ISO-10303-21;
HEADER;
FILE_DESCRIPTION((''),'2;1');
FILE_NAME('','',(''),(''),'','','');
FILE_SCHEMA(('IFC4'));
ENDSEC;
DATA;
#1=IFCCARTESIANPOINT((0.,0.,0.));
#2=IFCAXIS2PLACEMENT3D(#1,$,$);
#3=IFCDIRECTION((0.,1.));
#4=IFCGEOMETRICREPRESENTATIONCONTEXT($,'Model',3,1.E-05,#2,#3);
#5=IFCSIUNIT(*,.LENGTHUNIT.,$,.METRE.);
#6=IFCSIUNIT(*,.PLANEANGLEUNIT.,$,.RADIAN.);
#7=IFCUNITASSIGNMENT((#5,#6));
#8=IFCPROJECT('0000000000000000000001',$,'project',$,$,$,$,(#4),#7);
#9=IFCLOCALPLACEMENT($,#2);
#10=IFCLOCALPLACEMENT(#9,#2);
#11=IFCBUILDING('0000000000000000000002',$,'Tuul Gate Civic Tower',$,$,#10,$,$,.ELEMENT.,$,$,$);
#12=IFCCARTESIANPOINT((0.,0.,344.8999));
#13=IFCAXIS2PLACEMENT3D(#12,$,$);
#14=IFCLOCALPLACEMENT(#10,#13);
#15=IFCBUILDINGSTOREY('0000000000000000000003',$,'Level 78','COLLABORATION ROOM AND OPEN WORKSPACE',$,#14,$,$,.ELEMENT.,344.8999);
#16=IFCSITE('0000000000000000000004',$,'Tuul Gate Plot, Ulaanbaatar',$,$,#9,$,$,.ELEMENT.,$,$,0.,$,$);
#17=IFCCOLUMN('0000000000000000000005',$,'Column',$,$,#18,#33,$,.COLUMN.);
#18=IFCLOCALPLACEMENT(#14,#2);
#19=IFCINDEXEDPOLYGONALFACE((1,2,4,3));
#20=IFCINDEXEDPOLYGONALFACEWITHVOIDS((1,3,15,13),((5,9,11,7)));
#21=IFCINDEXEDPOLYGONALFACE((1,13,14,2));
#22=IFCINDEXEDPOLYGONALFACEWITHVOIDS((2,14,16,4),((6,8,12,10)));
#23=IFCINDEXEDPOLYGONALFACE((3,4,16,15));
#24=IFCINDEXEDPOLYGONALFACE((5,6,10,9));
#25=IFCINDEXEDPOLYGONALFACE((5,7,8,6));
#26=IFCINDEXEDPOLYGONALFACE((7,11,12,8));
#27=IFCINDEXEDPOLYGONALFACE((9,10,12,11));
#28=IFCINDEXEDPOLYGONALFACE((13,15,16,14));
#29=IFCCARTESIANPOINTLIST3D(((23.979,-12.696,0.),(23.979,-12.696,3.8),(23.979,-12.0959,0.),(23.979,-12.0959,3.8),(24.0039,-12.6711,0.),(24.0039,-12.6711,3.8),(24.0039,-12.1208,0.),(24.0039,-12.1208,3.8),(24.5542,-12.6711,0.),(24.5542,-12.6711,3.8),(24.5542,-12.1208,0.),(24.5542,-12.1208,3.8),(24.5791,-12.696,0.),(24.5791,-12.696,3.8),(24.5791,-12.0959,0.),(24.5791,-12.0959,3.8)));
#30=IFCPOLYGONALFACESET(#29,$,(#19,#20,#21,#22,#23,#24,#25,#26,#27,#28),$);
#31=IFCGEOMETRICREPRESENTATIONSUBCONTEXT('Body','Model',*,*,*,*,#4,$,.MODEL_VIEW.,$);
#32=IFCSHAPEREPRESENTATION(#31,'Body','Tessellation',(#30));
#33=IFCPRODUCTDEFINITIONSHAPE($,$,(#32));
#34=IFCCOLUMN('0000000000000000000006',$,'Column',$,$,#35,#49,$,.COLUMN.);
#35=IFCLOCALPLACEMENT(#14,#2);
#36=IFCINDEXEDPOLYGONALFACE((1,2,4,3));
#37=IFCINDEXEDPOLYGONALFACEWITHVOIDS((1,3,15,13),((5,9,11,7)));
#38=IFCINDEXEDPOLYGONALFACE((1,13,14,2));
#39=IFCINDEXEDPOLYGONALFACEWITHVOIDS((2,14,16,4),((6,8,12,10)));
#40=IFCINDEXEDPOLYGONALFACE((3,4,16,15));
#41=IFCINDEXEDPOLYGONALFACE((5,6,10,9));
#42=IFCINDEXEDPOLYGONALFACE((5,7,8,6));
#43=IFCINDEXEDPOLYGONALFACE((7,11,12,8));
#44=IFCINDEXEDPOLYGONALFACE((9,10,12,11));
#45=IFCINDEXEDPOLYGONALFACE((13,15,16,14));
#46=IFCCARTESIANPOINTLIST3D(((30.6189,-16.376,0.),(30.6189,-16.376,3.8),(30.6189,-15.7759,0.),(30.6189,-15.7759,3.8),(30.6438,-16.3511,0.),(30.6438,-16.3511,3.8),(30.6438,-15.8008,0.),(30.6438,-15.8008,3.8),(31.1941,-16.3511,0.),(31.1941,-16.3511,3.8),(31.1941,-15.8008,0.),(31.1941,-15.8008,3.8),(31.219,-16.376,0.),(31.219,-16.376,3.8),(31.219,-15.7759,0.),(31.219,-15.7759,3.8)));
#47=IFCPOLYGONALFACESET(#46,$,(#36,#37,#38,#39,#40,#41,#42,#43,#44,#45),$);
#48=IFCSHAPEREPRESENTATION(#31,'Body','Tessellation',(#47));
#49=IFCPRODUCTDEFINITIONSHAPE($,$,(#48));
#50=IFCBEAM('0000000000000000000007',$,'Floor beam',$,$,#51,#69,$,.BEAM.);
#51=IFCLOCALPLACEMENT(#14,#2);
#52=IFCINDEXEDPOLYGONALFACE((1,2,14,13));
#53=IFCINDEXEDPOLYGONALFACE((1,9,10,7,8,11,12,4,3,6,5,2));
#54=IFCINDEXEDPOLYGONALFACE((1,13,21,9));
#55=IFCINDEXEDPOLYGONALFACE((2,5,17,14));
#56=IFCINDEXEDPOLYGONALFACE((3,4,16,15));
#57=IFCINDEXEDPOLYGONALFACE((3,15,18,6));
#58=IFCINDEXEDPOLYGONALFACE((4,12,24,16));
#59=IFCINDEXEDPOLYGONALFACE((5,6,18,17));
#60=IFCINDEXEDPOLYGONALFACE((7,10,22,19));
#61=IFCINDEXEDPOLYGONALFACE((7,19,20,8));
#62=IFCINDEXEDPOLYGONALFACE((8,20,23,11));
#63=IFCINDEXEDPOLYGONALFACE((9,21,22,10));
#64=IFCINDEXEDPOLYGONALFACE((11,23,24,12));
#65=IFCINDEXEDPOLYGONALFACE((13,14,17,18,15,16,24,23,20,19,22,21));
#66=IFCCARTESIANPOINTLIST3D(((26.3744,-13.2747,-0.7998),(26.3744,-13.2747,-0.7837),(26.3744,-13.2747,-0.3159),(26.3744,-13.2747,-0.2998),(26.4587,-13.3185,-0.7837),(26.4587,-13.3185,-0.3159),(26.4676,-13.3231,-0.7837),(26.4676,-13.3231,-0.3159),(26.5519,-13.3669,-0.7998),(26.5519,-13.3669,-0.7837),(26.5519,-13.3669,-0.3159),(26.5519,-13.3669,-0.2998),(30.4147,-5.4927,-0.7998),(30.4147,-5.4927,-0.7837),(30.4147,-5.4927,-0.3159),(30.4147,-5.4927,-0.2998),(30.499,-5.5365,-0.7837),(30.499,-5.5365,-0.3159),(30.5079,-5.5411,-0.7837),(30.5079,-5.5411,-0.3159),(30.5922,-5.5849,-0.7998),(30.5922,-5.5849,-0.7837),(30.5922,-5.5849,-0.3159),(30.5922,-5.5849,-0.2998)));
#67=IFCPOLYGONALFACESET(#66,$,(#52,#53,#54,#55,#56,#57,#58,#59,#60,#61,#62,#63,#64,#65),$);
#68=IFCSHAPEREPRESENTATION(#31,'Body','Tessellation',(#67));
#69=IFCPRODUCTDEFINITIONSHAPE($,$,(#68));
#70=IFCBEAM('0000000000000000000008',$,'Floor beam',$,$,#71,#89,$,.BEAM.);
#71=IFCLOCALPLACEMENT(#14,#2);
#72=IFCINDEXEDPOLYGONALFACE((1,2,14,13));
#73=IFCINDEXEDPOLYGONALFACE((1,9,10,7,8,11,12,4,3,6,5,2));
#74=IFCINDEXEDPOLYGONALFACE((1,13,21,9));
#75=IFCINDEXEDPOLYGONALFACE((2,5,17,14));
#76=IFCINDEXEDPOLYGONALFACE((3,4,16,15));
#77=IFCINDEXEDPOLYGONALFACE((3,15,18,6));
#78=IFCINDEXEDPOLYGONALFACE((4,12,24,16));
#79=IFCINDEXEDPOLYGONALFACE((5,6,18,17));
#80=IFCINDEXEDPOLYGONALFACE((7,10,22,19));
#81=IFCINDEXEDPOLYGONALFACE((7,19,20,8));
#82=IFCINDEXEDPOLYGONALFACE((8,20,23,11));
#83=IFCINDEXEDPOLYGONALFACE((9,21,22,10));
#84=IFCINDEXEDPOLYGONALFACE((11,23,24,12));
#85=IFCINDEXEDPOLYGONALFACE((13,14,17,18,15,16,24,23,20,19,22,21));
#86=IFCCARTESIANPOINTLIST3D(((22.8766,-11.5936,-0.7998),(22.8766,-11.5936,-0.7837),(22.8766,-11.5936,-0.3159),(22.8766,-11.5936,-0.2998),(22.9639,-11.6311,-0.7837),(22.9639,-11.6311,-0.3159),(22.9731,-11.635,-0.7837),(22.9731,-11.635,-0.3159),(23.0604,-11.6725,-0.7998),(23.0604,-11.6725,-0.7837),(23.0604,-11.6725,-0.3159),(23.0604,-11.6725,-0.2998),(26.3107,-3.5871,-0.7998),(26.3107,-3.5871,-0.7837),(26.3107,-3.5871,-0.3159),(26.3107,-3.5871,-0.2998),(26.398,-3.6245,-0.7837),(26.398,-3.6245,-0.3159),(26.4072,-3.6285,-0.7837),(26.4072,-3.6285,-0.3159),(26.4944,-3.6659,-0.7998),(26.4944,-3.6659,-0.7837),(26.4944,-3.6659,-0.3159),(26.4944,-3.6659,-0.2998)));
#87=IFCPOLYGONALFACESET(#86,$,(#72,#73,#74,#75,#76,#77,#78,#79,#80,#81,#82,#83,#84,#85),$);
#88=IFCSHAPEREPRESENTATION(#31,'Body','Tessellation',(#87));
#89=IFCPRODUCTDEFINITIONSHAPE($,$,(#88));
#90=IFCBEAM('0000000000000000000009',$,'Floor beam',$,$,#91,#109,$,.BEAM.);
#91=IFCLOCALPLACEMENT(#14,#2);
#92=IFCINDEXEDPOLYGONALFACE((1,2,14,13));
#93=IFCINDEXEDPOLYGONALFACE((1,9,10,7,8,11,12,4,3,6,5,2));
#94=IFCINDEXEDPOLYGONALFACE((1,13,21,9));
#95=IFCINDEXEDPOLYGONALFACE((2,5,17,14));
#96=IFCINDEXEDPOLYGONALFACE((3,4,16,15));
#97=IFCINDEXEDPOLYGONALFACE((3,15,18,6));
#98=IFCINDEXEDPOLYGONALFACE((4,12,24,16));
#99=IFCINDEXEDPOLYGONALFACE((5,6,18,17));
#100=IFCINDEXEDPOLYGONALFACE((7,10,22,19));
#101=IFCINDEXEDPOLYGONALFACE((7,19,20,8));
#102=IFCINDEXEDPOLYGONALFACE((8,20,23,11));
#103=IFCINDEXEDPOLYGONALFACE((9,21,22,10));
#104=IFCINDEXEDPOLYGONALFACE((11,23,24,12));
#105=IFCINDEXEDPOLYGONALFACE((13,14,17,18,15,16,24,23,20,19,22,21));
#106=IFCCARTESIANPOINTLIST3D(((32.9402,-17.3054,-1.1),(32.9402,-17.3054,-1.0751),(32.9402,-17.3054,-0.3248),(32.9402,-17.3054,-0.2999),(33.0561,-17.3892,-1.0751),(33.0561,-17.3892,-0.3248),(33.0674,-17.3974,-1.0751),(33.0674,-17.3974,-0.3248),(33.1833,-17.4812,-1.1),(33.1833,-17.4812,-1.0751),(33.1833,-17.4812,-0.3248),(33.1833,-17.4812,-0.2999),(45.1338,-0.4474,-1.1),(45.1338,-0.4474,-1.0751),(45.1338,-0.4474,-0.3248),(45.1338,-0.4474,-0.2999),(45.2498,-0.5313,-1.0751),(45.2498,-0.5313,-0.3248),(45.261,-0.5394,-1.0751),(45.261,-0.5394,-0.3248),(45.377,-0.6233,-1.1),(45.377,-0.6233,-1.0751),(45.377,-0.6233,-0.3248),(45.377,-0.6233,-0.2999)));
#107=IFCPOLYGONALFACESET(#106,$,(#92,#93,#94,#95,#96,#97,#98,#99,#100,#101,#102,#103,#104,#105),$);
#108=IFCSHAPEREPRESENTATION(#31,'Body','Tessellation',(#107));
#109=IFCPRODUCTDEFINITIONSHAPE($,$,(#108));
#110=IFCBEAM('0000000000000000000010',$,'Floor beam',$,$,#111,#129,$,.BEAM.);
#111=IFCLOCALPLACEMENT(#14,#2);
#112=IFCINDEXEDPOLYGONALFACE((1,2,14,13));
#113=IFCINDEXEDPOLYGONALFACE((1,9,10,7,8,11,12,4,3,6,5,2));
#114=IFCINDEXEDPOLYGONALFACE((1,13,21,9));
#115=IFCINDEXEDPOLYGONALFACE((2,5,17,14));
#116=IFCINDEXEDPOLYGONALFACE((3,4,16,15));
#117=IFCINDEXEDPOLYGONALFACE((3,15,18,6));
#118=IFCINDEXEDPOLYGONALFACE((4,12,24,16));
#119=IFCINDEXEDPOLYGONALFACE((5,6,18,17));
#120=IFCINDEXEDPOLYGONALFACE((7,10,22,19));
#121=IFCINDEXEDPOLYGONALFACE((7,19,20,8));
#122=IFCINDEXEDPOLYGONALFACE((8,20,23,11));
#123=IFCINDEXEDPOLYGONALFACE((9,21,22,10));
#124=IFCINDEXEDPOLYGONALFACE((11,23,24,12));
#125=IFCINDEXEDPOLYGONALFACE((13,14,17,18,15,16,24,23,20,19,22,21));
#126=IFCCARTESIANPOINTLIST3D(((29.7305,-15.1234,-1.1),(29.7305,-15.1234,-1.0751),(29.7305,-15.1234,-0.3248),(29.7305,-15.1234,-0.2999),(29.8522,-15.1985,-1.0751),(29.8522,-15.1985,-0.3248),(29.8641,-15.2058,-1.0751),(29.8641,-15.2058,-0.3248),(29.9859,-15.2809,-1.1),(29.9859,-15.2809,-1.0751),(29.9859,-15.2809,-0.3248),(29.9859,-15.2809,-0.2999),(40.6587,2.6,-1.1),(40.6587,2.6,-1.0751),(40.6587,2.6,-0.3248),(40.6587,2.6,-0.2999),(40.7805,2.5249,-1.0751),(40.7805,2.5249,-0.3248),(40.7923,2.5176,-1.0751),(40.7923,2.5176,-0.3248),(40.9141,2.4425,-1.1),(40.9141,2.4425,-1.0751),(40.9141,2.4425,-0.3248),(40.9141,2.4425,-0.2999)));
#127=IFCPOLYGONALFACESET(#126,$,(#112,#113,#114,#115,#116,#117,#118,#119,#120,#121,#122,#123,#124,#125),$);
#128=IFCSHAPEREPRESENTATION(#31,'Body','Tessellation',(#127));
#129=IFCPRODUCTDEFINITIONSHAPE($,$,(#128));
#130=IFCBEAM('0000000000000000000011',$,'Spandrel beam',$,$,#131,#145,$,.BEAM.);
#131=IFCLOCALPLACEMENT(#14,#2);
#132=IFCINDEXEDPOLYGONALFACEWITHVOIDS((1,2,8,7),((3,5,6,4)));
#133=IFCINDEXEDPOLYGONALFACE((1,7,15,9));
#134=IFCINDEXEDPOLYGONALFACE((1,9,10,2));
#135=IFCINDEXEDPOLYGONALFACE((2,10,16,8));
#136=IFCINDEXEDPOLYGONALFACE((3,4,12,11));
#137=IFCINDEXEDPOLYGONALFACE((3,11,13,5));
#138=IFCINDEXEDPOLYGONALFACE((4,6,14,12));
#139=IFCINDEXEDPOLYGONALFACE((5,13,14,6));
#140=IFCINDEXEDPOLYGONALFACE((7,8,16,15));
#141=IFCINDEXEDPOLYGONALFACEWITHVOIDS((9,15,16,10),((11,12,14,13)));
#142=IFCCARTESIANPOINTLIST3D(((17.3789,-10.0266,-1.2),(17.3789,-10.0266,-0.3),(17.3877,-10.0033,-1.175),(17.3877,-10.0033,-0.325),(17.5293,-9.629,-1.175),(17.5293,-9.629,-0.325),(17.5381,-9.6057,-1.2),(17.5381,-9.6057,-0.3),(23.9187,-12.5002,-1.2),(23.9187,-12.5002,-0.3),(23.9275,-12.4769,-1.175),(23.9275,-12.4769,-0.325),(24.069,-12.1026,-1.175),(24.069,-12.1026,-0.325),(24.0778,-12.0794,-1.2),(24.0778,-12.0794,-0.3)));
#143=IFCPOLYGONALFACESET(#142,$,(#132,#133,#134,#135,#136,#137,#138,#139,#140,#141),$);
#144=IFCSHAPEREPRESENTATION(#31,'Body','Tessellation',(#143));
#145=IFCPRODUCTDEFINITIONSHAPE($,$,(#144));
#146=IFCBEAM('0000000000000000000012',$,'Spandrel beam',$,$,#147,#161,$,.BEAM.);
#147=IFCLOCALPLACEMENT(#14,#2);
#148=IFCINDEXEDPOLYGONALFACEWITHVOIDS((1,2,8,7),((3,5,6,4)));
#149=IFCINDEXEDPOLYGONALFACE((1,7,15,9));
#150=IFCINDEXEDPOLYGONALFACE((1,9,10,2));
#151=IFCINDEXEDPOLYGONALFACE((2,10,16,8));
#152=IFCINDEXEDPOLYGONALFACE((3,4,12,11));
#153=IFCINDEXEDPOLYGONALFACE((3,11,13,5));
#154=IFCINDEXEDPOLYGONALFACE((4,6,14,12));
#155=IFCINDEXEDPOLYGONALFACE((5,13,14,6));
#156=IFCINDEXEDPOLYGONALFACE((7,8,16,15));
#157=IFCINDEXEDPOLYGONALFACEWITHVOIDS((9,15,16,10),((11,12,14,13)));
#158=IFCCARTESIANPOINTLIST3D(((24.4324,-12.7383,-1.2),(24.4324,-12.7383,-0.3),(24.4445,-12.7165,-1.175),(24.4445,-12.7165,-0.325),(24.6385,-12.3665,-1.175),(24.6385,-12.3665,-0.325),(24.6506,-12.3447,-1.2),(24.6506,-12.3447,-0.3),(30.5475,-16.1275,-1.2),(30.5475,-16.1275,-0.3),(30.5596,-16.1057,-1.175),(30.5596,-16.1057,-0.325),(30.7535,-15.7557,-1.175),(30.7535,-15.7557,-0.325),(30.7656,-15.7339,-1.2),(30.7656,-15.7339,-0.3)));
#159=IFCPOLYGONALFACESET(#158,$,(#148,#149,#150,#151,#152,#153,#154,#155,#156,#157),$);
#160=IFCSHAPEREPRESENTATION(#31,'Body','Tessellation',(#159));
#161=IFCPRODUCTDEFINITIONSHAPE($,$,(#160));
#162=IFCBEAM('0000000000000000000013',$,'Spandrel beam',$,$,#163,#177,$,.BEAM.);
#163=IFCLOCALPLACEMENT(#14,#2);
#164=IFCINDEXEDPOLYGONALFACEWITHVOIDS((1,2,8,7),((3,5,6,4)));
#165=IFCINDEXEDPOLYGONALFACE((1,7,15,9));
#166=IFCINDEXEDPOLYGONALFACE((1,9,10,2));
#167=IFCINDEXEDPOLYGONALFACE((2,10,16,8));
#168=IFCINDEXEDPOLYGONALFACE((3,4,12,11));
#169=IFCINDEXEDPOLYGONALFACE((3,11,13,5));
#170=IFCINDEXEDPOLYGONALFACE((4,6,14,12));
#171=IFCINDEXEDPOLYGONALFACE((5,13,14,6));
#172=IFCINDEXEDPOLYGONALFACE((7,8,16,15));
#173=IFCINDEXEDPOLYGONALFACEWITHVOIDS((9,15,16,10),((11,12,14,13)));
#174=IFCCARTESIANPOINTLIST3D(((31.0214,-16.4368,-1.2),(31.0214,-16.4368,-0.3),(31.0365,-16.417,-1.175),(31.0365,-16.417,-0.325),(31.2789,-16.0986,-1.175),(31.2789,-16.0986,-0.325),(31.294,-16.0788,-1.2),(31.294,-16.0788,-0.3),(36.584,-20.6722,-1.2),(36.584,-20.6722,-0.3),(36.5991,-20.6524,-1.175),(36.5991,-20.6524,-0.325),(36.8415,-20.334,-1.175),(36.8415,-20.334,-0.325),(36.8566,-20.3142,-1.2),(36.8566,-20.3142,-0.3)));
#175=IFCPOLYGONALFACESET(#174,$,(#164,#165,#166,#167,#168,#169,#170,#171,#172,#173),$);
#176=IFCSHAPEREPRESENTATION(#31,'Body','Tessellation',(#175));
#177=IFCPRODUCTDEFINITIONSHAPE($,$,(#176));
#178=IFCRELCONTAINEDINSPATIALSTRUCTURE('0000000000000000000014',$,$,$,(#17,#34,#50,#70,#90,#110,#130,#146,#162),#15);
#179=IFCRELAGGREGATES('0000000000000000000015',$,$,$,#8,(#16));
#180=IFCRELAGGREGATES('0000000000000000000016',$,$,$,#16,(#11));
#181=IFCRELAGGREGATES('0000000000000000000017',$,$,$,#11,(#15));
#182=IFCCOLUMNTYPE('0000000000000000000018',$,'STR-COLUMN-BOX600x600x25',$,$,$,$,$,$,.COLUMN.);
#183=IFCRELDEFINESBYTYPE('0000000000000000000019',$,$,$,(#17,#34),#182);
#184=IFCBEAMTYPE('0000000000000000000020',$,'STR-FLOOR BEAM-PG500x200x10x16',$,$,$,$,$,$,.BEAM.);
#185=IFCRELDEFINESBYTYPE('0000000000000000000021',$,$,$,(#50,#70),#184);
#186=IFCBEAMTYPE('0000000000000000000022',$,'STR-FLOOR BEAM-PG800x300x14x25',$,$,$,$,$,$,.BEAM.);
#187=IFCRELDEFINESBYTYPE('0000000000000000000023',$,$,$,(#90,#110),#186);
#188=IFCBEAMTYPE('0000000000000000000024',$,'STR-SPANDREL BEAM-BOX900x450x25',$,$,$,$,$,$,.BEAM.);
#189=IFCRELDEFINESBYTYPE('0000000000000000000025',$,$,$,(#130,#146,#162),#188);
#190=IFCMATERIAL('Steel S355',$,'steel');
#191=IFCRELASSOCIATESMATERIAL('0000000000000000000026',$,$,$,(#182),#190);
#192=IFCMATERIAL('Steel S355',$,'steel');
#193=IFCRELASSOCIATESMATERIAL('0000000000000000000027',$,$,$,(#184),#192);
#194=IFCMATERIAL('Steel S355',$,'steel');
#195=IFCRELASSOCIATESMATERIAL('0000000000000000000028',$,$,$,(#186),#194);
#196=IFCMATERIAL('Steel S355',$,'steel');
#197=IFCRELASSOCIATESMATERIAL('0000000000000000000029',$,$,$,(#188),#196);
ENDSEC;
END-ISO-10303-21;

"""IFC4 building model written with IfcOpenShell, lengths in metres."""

from ifc_helpers import new_model, si_unit, direction, frame, origin, origin_2d, place, context, subcontext, project, spatial, hollow_rectangle, i_section, extrude, material, material_profile, profile_set, type_object, element, save


model = new_model("IFC4")

# Units and contexts
model_context = context("Model", 3, precision=1e-05, world=origin(), true_north=direction((0.0, 1.0)))
body_context = subcontext(model_context, "Body", "Model", "MODEL_VIEW")
ifc_project = project(units=[si_unit("LENGTHUNIT", "METRE"), si_unit("PLANEANGLEUNIT", "RADIAN")], contexts=[model_context])

# Site, building, storey
site_placement = place(None, origin())
site = spatial("IfcSite", under=ifc_project, at=site_placement, Name="Tuul Gate Plot, Ulaanbaatar", CompositionType="ELEMENT", RefElevation=0.0)
building_placement = place(site_placement, origin())
building = spatial("IfcBuilding", under=site, at=building_placement, Name="Tuul Gate Civic Tower", CompositionType="ELEMENT")
storey_placement = place(building_placement, frame((0.0, 0.0, 344.8999)))
storey = spatial("IfcBuildingStorey", under=building, at=storey_placement, Name="Level 78", Description="COLLABORATION ROOM AND OPEN WORKSPACE", CompositionType="ELEMENT", Elevation=344.8999)

# Columns
ifc_material_1 = material(Name="Steel S355", Category="steel")
ifc_material_profile_1 = material_profile(ifc_material_1, hollow_rectangle(XDim=0.6001, YDim=0.6001, WallThickness=0.0249, at=origin_2d()), Name="BOX600x600x25")
ifc_profile_set_1 = profile_set([ifc_material_profile_1], Name="Steel S355")
column_type = type_object("IfcColumnType", Name="STR-COLUMN-BOX600x600x25", PredefinedType="COLUMN", material=ifc_profile_set_1)
for number, where, z_axis, x_axis, name in (
    (1, (24.2791, -12.396, 0.0), (0.0, 0.0, 1.0), (1.0, 0.0, 0.0), "Column"),
    (2, (30.9189, -16.0759, 0.0), (0.0, 0.0, 1.0), (1.0, 0.0, 0.0), "Column"),
):
    element("IfcColumn", number, at=place(storey_placement, frame(where, z_axis=z_axis, x_axis=x_axis)), inside=storey, type_object=column_type, Name=name, PredefinedType="COLUMN", context=body_context, shape_type="SweptSolid", body=[
        extrude(hollow_rectangle(XDim=0.6001, YDim=0.6001, WallThickness=0.0249, at=origin_2d()), origin(), (0.0, 0.0, 1.0), 3.8),
    ])

# Beams
ifc_material_2 = material(Name="Steel S355", Category="steel")
ifc_material_profile_2 = material_profile(ifc_material_2, i_section(OverallWidth=0.2, OverallDepth=0.5, WebThickness=0.01, FlangeThickness=0.0161, at=origin_2d()), Name="PG500x200x10x16")
ifc_profile_set_2 = profile_set([ifc_material_profile_2], Name="Steel S355")
beam_type_1 = type_object("IfcBeamType", Name="STR-FLOOR BEAM-PG500x200x10x16", PredefinedType="BEAM", material=ifc_profile_set_2)
beam_1_placement = place(storey_placement, frame((26.4631, -13.3208, -0.5498), z_axis=(0.460783, 0.887513, 0.0), x_axis=(-0.887513, 0.460783, 0.0)))
element("IfcBeam", 3, at=beam_1_placement, inside=storey, type_object=beam_type_1, Name="Floor beam", PredefinedType="BEAM", context=body_context, shape_type="SweptSolid", body=[
    extrude(i_section(OverallWidth=0.2, OverallDepth=0.5, WebThickness=0.01, FlangeThickness=0.0161, at=origin_2d()), origin(), (0.0, 0.0, 1.0), 8.7683),
])
beam_2_placement = place(storey_placement, frame((22.9685, -11.6331, -0.5498), z_axis=(0.39418, 0.919033, 0.0), x_axis=(-0.919033, 0.39418, 0.0)))
element("IfcBeam", 4, at=beam_2_placement, inside=storey, type_object=beam_type_1, Name="Floor beam", PredefinedType="BEAM", context=body_context, shape_type="SweptSolid", body=[
    extrude(i_section(OverallWidth=0.2, OverallDepth=0.5, WebThickness=0.01, FlangeThickness=0.0161, at=origin_2d()), origin(), (0.0, 0.0, 1.0), 8.7119),
])
ifc_material_3 = material(Name="Steel S355", Category="steel")
ifc_material_profile_3 = material_profile(ifc_material_3, i_section(OverallWidth=0.3, OverallDepth=0.8, WebThickness=0.0139, FlangeThickness=0.0249, at=origin_2d()), Name="PG800x300x14x25")
ifc_profile_set_3 = profile_set([ifc_material_profile_3], Name="Steel S355")
beam_type_2 = type_object("IfcBeamType", Name="STR-FLOOR BEAM-PG800x300x14x25", PredefinedType="BEAM", material=ifc_profile_set_3)
beam_3_placement = place(storey_placement, frame((33.0618, -17.3933, -0.7), z_axis=(0.586073, 0.810258, 0.0), x_axis=(-0.810258, 0.586073, 0.0)))
element("IfcBeam", 5, at=beam_3_placement, inside=storey, type_object=beam_type_2, Name="Floor beam", PredefinedType="BEAM", context=body_context, shape_type="SweptSolid", body=[
    extrude(i_section(OverallWidth=0.3, OverallDepth=0.8, WebThickness=0.0139, FlangeThickness=0.0249, at=origin_2d()), origin(), (0.0, 0.0, 1.0), 20.8057),
])
beam_4_placement = place(storey_placement, frame((29.8582, -15.2021, -0.7), z_axis=(0.524847, 0.851197, 0.0), x_axis=(-0.851197, 0.524847, 0.0)))
element("IfcBeam", 6, at=beam_4_placement, inside=storey, type_object=beam_type_2, Name="Floor beam", PredefinedType="BEAM", context=body_context, shape_type="SweptSolid", body=[
    extrude(i_section(OverallWidth=0.3, OverallDepth=0.8, WebThickness=0.0139, FlangeThickness=0.0249, at=origin_2d()), origin(), (0.0, 0.0, 1.0), 20.8218),
])
ifc_material_4 = material(Name="Steel S355", Category="steel")
ifc_material_profile_4 = material_profile(ifc_material_4, hollow_rectangle(XDim=0.45, YDim=0.8999, WallThickness=0.0249, at=origin_2d()), Name="BOX900x450x25")
ifc_profile_set_4 = profile_set([ifc_material_profile_4], Name="Steel S355")
beam_type_3 = type_object("IfcBeamType", Name="STR-SPANDREL BEAM-BOX900x450x25", PredefinedType="BEAM", material=ifc_profile_set_4)
beam_5_placement = place(storey_placement, frame((17.4585, -9.8162, -0.75), z_axis=(0.935328, -0.353781, 0.0), x_axis=(0.353781, 0.935328, 0.0)))
element("IfcBeam", 7, at=beam_5_placement, inside=storey, type_object=beam_type_3, Name="Spandrel beam", PredefinedType="BEAM", context=body_context, shape_type="SweptSolid", body=[
    extrude(hollow_rectangle(XDim=0.45, YDim=0.8999, WallThickness=0.0249, at=origin_2d()), origin(), (0.0, 0.0, 1.0), 6.9919),
])
for number, where, z_axis, x_axis, name in (
    (8, (24.5415, -12.5415, -0.75), (0.874646, -0.484762, 0.0), (0.484762, 0.874646, 0.0), "Spandrel beam"),
    (9, (31.1577, -16.2578, -0.75), (0.795621, -0.605795, 0.0), (0.605795, 0.795621, 0.0), "Spandrel beam"),
):
    element("IfcBeam", number, at=place(storey_placement, frame(where, z_axis=z_axis, x_axis=x_axis)), inside=storey, type_object=beam_type_3, Name=name, PredefinedType="BEAM", context=body_context, shape_type="SweptSolid", body=[
        extrude(hollow_rectangle(XDim=0.45, YDim=0.8999, WallThickness=0.0249, at=origin_2d()), origin(), (0.0, 0.0, 1.0), 6.9915),
    ])

save(model, "model.ifc")
